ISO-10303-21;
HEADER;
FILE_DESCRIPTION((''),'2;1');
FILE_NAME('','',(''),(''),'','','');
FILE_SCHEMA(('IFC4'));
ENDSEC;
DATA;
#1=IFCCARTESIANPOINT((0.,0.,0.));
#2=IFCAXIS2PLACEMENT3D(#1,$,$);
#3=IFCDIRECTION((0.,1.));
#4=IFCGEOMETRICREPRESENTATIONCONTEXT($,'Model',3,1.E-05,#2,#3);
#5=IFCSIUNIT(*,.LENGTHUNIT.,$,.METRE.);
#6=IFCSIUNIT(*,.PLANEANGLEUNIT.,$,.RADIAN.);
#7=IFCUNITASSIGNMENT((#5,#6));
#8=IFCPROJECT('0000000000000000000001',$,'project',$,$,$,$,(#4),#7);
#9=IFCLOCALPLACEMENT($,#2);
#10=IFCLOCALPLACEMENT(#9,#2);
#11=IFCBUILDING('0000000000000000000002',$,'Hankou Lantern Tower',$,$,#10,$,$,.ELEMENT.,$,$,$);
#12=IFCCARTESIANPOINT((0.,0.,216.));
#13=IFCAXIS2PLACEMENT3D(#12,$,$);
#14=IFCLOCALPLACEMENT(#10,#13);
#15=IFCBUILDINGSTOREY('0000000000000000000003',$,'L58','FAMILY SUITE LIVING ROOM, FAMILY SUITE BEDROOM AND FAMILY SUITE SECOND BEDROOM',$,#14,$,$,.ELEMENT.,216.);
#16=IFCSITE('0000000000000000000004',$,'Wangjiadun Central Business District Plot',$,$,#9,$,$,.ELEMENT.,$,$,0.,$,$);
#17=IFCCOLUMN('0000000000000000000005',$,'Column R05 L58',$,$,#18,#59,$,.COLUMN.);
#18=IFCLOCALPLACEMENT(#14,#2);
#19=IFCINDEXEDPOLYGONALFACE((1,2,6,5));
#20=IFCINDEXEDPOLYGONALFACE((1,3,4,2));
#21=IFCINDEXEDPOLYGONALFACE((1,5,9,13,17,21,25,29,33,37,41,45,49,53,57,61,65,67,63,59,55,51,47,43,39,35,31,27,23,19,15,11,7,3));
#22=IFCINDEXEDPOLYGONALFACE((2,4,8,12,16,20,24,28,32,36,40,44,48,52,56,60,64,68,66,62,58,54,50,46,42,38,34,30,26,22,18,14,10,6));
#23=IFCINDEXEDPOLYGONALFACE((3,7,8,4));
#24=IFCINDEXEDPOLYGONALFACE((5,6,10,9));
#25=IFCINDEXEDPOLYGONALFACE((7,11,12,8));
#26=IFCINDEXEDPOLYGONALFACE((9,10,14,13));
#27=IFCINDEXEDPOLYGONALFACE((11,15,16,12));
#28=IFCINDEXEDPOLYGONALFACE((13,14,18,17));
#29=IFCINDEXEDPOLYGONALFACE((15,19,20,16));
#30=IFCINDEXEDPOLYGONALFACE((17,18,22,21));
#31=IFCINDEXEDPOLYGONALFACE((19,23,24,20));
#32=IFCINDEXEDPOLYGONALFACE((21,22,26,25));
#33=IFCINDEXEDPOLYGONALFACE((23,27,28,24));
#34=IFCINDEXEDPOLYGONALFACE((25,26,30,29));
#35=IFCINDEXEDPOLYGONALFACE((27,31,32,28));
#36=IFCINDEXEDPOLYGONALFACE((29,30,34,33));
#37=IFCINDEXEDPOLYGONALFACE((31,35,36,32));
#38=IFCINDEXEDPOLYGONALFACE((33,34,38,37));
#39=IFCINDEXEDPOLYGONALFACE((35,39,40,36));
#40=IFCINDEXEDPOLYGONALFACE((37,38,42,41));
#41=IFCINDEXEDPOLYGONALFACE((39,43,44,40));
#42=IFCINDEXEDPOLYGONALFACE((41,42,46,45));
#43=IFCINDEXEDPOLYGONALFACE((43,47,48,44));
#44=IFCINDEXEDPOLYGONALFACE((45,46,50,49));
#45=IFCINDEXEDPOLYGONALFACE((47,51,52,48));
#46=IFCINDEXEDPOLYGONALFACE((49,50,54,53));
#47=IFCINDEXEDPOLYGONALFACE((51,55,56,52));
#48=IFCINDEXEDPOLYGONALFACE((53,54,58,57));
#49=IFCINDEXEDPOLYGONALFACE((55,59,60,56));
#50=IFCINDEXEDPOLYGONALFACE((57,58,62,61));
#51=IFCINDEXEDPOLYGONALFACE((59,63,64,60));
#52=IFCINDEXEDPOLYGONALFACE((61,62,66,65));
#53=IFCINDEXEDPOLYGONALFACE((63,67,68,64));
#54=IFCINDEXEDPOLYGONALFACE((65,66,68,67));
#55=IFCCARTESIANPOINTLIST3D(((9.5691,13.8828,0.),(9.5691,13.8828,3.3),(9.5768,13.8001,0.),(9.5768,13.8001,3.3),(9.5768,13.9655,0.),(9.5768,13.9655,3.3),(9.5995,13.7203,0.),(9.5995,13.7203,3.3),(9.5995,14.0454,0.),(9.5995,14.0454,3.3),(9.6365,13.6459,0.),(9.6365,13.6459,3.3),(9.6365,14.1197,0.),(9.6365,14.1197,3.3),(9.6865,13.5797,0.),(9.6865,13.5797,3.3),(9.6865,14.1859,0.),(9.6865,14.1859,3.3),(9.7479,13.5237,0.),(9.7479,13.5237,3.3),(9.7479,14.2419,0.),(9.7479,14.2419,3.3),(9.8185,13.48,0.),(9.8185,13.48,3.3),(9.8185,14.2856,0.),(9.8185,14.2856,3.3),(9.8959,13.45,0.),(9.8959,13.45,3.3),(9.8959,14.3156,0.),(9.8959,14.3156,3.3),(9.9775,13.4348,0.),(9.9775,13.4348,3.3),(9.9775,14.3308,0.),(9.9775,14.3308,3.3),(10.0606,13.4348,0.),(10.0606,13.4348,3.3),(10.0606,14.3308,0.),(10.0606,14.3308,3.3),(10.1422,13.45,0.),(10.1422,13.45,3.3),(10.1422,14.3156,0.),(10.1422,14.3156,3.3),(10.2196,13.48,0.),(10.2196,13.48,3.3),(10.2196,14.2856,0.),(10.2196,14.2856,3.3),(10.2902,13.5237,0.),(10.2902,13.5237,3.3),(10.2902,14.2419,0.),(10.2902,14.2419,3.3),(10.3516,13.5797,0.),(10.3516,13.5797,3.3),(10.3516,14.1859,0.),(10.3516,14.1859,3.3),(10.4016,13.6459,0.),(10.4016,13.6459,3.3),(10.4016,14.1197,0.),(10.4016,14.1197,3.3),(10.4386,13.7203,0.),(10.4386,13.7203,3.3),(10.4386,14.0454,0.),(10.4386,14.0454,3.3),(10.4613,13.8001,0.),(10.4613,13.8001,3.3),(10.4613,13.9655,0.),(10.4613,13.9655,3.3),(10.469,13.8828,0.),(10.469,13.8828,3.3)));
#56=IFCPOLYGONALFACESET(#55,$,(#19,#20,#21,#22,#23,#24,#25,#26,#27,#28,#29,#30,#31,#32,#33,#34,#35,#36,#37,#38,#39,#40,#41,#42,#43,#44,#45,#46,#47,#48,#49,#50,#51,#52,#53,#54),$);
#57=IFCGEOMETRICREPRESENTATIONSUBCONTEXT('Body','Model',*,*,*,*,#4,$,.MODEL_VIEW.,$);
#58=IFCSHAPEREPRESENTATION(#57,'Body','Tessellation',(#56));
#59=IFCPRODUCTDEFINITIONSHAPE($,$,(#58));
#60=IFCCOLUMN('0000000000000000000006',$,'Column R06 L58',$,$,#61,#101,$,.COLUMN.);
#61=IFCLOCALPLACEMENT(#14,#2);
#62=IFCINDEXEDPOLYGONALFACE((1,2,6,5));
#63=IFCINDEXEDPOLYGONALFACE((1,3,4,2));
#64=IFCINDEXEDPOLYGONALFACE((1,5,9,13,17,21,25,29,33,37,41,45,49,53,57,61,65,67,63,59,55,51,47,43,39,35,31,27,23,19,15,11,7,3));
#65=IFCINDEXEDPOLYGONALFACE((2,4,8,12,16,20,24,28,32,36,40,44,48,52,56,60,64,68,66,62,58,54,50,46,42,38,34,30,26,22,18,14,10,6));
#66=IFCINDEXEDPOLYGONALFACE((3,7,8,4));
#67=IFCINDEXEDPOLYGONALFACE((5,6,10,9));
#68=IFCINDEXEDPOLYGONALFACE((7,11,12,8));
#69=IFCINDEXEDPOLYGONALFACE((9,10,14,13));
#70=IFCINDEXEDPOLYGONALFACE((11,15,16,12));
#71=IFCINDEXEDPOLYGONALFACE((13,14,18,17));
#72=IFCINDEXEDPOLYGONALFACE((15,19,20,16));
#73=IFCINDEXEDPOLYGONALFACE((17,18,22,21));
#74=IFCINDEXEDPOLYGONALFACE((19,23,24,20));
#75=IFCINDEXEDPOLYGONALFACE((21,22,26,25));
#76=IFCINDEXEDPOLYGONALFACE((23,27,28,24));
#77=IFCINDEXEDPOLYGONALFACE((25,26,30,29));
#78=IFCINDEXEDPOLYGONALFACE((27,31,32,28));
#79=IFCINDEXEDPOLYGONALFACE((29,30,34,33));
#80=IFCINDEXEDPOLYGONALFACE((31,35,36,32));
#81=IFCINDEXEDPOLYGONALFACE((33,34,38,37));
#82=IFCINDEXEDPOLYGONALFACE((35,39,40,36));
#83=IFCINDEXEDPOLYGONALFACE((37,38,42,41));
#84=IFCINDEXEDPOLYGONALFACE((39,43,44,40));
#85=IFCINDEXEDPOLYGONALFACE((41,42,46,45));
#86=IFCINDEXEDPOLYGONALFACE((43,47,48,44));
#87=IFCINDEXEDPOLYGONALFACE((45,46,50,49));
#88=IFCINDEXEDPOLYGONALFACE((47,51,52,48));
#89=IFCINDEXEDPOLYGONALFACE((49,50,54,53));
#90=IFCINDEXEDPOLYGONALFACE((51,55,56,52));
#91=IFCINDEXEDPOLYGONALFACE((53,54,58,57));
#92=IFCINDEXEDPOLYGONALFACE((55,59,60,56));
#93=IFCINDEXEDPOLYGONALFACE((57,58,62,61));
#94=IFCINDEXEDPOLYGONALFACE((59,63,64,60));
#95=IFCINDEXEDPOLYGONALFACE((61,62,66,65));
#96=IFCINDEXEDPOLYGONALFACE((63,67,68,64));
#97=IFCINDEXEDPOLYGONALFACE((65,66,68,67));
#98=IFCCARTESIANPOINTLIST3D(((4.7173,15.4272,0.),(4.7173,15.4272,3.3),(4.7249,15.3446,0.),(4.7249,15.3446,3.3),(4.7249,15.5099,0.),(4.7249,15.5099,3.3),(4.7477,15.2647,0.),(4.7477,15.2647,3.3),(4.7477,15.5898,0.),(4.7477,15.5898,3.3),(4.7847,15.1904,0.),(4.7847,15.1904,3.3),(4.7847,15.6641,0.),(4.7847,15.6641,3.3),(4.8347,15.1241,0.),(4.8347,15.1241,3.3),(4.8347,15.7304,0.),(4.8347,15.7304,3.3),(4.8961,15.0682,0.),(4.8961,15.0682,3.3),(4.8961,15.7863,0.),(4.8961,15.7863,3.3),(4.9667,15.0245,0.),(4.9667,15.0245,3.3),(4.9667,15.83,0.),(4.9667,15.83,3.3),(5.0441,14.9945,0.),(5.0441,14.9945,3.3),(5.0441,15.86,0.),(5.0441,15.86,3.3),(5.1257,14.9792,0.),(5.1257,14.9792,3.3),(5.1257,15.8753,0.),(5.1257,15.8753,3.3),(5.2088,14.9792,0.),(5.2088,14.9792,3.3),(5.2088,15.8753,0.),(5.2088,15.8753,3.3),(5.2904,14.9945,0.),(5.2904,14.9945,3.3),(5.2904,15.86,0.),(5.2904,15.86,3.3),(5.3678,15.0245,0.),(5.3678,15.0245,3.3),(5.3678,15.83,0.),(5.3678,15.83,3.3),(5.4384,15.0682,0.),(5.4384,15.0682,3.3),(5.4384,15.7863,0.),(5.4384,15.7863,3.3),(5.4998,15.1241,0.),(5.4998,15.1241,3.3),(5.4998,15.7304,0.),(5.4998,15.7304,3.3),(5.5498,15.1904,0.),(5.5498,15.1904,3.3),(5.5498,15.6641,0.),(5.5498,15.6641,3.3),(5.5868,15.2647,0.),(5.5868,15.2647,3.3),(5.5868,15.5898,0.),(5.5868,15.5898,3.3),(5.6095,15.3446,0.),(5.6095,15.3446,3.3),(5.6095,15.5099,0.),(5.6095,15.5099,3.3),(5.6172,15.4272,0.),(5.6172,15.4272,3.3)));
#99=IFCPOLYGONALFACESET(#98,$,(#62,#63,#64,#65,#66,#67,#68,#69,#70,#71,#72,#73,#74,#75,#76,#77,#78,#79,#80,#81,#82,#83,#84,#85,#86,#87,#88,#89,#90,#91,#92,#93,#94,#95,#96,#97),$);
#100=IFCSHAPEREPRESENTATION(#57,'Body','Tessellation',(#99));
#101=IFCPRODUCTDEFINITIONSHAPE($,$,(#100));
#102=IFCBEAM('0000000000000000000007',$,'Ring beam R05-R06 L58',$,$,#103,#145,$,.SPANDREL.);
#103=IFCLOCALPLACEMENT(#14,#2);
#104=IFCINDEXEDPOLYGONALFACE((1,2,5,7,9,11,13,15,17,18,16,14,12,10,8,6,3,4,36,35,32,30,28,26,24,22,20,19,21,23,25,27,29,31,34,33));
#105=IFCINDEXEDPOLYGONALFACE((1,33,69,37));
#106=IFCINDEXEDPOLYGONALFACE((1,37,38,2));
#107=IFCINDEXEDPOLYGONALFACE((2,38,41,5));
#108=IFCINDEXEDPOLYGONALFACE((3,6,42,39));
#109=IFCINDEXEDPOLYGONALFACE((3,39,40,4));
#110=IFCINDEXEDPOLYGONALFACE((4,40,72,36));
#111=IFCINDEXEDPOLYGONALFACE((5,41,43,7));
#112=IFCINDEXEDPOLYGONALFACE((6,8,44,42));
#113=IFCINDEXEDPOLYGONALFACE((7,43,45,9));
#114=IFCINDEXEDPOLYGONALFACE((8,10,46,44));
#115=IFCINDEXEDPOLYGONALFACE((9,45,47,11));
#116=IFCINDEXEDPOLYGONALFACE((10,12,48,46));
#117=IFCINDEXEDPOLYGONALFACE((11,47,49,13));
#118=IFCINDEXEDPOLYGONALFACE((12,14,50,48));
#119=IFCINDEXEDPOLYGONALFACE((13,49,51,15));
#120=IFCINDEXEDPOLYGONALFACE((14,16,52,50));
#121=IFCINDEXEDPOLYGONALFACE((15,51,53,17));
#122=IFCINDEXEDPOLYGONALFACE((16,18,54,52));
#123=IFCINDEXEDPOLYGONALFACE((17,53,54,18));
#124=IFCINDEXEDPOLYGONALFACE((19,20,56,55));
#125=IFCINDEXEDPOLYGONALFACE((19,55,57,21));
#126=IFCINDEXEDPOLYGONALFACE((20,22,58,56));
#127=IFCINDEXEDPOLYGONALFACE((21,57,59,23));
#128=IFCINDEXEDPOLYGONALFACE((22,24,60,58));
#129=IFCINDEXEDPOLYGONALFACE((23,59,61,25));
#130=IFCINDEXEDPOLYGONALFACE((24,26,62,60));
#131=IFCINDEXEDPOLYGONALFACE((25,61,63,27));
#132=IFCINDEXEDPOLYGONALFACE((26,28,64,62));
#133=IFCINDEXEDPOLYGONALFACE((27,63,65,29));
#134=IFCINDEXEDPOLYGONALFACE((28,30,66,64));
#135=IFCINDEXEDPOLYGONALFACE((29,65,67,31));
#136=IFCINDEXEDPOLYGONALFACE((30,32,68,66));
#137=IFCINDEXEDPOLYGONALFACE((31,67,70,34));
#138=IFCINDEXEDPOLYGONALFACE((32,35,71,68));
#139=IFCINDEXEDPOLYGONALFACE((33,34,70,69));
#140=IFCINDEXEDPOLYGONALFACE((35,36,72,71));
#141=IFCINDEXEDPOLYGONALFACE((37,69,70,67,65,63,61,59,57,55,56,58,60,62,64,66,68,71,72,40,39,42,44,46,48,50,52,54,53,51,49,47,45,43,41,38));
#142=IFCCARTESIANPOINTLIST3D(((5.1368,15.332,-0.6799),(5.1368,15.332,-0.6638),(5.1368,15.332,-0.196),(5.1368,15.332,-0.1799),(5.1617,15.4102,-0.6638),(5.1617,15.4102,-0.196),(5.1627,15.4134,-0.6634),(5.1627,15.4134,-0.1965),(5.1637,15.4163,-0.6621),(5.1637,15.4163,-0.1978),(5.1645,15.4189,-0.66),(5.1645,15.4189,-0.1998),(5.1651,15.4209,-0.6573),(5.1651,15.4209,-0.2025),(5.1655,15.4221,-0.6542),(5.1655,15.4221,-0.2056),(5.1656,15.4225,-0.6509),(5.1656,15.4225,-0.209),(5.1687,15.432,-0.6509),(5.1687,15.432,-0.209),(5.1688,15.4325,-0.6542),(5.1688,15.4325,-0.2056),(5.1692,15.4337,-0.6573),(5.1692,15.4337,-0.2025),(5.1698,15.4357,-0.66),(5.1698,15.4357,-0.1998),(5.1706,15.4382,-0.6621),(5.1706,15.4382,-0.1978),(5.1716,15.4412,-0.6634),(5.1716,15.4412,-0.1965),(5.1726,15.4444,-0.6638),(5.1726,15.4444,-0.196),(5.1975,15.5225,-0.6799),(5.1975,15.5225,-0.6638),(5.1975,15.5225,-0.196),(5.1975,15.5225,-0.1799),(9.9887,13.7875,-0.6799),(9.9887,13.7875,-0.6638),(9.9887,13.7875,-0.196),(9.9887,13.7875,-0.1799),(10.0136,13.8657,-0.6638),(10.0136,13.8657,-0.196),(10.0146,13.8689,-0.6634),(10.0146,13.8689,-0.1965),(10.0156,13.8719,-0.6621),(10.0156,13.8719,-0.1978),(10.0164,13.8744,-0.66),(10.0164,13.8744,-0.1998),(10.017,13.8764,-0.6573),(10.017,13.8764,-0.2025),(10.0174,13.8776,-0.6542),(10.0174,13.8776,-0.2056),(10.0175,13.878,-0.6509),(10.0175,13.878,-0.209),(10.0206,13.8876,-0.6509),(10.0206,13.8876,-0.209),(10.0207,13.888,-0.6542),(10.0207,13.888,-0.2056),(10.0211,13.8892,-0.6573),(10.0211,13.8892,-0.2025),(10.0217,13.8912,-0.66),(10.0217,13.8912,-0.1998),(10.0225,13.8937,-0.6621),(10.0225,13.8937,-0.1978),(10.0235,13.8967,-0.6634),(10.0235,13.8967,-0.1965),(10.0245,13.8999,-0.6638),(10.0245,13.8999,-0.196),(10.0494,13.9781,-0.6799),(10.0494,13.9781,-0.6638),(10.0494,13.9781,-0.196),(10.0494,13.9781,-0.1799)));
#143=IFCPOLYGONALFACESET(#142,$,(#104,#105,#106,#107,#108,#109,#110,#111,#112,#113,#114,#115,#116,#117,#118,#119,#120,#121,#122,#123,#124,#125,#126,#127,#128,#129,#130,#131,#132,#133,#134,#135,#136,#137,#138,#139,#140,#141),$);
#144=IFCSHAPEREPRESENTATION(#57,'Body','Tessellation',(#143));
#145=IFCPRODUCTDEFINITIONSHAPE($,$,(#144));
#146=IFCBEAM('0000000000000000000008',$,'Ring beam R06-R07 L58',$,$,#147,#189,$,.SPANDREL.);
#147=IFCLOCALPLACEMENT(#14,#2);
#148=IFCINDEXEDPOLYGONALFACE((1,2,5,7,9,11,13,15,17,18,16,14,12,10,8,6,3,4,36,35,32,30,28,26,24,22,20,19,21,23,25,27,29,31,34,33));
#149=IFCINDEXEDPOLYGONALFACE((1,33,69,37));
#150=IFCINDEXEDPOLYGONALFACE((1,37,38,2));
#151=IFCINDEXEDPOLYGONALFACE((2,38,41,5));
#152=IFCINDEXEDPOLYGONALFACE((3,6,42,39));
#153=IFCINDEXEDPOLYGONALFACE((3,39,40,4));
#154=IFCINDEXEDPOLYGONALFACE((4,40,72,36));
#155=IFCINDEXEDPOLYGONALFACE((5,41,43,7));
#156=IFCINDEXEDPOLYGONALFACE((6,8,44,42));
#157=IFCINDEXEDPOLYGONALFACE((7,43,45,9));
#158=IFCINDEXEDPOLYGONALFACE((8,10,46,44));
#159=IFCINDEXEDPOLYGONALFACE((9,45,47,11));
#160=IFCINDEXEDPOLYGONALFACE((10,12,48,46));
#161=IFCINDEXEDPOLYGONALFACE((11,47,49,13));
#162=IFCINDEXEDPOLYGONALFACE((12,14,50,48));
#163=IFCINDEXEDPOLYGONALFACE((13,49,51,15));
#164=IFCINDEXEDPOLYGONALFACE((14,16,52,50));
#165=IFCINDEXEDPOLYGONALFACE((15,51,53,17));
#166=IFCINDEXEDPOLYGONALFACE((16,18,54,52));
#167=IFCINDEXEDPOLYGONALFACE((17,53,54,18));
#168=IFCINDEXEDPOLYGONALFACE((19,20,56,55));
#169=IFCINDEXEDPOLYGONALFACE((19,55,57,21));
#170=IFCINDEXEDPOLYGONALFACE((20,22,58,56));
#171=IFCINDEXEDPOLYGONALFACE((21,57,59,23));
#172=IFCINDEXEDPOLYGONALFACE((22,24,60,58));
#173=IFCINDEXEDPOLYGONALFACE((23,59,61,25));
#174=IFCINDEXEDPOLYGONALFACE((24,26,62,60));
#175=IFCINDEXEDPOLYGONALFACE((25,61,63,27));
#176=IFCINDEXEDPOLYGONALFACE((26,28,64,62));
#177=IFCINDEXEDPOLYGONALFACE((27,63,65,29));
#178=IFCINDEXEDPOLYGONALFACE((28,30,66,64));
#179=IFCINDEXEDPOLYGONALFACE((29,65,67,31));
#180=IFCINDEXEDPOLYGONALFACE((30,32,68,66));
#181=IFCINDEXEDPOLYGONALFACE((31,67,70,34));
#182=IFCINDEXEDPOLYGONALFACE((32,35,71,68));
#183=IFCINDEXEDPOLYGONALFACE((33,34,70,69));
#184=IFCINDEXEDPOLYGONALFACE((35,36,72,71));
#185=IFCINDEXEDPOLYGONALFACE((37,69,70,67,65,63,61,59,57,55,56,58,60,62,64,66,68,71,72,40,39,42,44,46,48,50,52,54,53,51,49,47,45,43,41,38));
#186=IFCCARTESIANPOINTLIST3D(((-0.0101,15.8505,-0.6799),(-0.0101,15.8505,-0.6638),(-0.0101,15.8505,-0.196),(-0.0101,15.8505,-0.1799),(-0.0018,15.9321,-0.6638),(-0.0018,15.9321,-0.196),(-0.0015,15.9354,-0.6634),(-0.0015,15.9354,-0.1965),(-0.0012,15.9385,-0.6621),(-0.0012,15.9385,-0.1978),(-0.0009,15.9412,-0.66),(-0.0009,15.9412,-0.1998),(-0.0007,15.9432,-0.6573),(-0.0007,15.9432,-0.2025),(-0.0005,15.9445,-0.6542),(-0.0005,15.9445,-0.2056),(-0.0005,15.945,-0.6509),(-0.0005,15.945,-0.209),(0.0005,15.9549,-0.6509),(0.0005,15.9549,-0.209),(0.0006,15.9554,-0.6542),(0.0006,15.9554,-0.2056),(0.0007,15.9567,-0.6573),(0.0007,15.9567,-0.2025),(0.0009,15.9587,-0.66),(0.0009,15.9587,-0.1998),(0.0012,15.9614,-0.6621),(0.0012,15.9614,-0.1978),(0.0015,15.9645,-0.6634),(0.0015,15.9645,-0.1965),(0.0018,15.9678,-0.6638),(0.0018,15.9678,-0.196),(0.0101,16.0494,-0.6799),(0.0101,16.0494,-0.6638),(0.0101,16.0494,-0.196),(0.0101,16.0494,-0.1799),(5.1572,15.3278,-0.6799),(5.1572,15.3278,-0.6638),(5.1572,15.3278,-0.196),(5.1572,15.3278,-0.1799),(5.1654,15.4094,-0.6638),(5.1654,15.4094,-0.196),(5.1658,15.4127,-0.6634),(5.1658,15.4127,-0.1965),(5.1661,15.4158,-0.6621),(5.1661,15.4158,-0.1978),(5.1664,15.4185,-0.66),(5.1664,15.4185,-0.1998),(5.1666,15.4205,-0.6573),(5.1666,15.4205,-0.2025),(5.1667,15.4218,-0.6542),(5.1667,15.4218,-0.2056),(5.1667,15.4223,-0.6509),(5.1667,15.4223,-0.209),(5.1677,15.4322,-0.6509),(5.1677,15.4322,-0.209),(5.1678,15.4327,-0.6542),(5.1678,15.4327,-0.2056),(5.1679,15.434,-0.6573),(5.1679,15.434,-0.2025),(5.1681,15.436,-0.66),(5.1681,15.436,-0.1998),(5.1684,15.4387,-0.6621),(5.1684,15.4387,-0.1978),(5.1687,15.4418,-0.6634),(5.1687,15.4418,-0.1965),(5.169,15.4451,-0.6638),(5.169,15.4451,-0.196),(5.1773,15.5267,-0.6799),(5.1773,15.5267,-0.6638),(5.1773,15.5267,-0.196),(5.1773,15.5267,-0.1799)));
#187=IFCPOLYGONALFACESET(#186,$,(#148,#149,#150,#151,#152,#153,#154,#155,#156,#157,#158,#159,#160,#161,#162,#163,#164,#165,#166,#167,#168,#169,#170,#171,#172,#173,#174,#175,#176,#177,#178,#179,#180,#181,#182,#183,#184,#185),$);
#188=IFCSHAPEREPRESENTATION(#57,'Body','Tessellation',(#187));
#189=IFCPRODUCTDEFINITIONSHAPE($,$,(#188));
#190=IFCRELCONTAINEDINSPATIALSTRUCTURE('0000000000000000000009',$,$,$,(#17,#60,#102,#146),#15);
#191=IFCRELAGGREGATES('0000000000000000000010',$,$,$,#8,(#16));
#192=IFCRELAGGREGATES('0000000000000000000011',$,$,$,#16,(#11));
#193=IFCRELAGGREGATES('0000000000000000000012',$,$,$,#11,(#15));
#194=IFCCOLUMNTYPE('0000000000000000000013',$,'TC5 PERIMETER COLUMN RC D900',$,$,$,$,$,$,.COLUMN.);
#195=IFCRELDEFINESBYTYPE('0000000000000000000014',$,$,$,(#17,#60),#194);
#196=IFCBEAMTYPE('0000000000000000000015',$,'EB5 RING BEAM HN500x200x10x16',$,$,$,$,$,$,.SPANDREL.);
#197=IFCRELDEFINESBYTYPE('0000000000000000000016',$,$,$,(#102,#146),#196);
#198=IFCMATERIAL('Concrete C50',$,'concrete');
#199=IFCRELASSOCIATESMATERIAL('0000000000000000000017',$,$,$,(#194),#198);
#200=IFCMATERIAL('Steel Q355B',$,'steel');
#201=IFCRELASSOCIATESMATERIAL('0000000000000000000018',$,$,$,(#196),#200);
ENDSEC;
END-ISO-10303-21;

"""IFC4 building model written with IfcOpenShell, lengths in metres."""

from ifc_helpers import new_model, si_unit, direction, frame, origin, origin_2d, place, context, subcontext, project, spatial, circle, i_section, extrude, material, material_profile, profile_set, type_object, element, save


model = new_model("IFC4")

# Units and contexts
model_context = context("Model", 3, precision=1e-05, world=origin(), true_north=direction((0.0, 1.0)))
body_context = subcontext(model_context, "Body", "Model", "MODEL_VIEW")
ifc_project = project(units=[si_unit("LENGTHUNIT", "METRE"), si_unit("PLANEANGLEUNIT", "RADIAN")], contexts=[model_context])

# Site, building, storey
site_placement = place(None, origin())
site = spatial("IfcSite", under=ifc_project, at=site_placement, Name="Wangjiadun Central Business District Plot", CompositionType="ELEMENT", RefElevation=0.0)
building_placement = place(site_placement, origin())
building = spatial("IfcBuilding", under=site, at=building_placement, Name="Hankou Lantern Tower", CompositionType="ELEMENT")
storey_placement = place(building_placement, frame((0.0, 0.0, 216.0)))
storey = spatial("IfcBuildingStorey", under=building, at=storey_placement, Name="L58", Description="FAMILY SUITE LIVING ROOM, FAMILY SUITE BEDROOM AND FAMILY SUITE SECOND BEDROOM", CompositionType="ELEMENT", Elevation=216.0)

# Columns
ifc_material_1 = material(Name="Concrete C50", Category="concrete")
ifc_material_profile_1 = material_profile(ifc_material_1, circle(Radius=0.45, at=origin_2d()), Name="RC D900")
ifc_profile_set_1 = profile_set([ifc_material_profile_1], Name="Concrete C50")
column_type = type_object("IfcColumnType", Name="TC5 PERIMETER COLUMN RC D900", PredefinedType="COLUMN", material=ifc_profile_set_1)
for number, where, z_axis, x_axis, name in (
    (1, (10.019, 13.8828, 0.0), (0.0, 0.0, 1.0), (1.0, 0.0, 0.0), "Column R05 L58"),
    (2, (5.1672, 15.4272, 0.0), (0.0, 0.0, 1.0), (1.0, 0.0, 0.0), "Column R06 L58"),
):
    element("IfcColumn", number, at=place(storey_placement, frame(where, z_axis=z_axis, x_axis=x_axis)), inside=storey, type_object=column_type, Name=name, PredefinedType="COLUMN", context=body_context, shape_type="SweptSolid", body=[
        extrude(circle(Radius=0.45, at=origin_2d()), origin(), (0.0, 0.0, 1.0), 3.3),
    ])

# Beams
ifc_material_2 = material(Name="Steel Q355B", Category="steel")
ifc_material_profile_2 = material_profile(ifc_material_2, i_section(OverallWidth=0.2, OverallDepth=0.5, WebThickness=0.01, FlangeThickness=0.0161, FilletRadius=0.0129, at=origin_2d()), Name="HN500x200x10x16")
ifc_profile_set_2 = profile_set([ifc_material_profile_2], Name="Steel Q355B")
beam_type_1 = type_object("IfcBeamType", Name="EB5 RING BEAM HN500x200x10x16", PredefinedType="SPANDREL", material=ifc_profile_set_2)
beam_1_placement = place(storey_placement, frame((10.019, 13.8828, -0.4299), z_axis=(-0.952887, 0.303324, 0.0), x_axis=(-0.303324, -0.952887, 0.0)))
element("IfcBeam", 3, at=beam_1_placement, inside=storey, type_object=beam_type_1, Name="Ring beam R05-R06 L58", PredefinedType="SPANDREL", context=body_context, shape_type="SweptSolid", body=[
    extrude(i_section(OverallWidth=0.2, OverallDepth=0.5, WebThickness=0.01, FlangeThickness=0.0161, FilletRadius=0.0129, at=origin_2d()), origin(), (0.0, 0.0, 1.0), 5.0918),
])
beam_2_placement = place(storey_placement, frame((5.1672, 15.4272, -0.4299), z_axis=(-0.994923, 0.100644, 0.0), x_axis=(-0.100644, -0.994923, 0.0)))
element("IfcBeam", 4, at=beam_2_placement, inside=storey, type_object=beam_type_1, Name="Ring beam R06-R07 L58", PredefinedType="SPANDREL", context=body_context, shape_type="SweptSolid", body=[
    extrude(i_section(OverallWidth=0.2, OverallDepth=0.5, WebThickness=0.01, FlangeThickness=0.0161, FilletRadius=0.0129, at=origin_2d()), origin(), (0.0, 0.0, 1.0), 5.1936),
])

save(model, "model.ifc")
